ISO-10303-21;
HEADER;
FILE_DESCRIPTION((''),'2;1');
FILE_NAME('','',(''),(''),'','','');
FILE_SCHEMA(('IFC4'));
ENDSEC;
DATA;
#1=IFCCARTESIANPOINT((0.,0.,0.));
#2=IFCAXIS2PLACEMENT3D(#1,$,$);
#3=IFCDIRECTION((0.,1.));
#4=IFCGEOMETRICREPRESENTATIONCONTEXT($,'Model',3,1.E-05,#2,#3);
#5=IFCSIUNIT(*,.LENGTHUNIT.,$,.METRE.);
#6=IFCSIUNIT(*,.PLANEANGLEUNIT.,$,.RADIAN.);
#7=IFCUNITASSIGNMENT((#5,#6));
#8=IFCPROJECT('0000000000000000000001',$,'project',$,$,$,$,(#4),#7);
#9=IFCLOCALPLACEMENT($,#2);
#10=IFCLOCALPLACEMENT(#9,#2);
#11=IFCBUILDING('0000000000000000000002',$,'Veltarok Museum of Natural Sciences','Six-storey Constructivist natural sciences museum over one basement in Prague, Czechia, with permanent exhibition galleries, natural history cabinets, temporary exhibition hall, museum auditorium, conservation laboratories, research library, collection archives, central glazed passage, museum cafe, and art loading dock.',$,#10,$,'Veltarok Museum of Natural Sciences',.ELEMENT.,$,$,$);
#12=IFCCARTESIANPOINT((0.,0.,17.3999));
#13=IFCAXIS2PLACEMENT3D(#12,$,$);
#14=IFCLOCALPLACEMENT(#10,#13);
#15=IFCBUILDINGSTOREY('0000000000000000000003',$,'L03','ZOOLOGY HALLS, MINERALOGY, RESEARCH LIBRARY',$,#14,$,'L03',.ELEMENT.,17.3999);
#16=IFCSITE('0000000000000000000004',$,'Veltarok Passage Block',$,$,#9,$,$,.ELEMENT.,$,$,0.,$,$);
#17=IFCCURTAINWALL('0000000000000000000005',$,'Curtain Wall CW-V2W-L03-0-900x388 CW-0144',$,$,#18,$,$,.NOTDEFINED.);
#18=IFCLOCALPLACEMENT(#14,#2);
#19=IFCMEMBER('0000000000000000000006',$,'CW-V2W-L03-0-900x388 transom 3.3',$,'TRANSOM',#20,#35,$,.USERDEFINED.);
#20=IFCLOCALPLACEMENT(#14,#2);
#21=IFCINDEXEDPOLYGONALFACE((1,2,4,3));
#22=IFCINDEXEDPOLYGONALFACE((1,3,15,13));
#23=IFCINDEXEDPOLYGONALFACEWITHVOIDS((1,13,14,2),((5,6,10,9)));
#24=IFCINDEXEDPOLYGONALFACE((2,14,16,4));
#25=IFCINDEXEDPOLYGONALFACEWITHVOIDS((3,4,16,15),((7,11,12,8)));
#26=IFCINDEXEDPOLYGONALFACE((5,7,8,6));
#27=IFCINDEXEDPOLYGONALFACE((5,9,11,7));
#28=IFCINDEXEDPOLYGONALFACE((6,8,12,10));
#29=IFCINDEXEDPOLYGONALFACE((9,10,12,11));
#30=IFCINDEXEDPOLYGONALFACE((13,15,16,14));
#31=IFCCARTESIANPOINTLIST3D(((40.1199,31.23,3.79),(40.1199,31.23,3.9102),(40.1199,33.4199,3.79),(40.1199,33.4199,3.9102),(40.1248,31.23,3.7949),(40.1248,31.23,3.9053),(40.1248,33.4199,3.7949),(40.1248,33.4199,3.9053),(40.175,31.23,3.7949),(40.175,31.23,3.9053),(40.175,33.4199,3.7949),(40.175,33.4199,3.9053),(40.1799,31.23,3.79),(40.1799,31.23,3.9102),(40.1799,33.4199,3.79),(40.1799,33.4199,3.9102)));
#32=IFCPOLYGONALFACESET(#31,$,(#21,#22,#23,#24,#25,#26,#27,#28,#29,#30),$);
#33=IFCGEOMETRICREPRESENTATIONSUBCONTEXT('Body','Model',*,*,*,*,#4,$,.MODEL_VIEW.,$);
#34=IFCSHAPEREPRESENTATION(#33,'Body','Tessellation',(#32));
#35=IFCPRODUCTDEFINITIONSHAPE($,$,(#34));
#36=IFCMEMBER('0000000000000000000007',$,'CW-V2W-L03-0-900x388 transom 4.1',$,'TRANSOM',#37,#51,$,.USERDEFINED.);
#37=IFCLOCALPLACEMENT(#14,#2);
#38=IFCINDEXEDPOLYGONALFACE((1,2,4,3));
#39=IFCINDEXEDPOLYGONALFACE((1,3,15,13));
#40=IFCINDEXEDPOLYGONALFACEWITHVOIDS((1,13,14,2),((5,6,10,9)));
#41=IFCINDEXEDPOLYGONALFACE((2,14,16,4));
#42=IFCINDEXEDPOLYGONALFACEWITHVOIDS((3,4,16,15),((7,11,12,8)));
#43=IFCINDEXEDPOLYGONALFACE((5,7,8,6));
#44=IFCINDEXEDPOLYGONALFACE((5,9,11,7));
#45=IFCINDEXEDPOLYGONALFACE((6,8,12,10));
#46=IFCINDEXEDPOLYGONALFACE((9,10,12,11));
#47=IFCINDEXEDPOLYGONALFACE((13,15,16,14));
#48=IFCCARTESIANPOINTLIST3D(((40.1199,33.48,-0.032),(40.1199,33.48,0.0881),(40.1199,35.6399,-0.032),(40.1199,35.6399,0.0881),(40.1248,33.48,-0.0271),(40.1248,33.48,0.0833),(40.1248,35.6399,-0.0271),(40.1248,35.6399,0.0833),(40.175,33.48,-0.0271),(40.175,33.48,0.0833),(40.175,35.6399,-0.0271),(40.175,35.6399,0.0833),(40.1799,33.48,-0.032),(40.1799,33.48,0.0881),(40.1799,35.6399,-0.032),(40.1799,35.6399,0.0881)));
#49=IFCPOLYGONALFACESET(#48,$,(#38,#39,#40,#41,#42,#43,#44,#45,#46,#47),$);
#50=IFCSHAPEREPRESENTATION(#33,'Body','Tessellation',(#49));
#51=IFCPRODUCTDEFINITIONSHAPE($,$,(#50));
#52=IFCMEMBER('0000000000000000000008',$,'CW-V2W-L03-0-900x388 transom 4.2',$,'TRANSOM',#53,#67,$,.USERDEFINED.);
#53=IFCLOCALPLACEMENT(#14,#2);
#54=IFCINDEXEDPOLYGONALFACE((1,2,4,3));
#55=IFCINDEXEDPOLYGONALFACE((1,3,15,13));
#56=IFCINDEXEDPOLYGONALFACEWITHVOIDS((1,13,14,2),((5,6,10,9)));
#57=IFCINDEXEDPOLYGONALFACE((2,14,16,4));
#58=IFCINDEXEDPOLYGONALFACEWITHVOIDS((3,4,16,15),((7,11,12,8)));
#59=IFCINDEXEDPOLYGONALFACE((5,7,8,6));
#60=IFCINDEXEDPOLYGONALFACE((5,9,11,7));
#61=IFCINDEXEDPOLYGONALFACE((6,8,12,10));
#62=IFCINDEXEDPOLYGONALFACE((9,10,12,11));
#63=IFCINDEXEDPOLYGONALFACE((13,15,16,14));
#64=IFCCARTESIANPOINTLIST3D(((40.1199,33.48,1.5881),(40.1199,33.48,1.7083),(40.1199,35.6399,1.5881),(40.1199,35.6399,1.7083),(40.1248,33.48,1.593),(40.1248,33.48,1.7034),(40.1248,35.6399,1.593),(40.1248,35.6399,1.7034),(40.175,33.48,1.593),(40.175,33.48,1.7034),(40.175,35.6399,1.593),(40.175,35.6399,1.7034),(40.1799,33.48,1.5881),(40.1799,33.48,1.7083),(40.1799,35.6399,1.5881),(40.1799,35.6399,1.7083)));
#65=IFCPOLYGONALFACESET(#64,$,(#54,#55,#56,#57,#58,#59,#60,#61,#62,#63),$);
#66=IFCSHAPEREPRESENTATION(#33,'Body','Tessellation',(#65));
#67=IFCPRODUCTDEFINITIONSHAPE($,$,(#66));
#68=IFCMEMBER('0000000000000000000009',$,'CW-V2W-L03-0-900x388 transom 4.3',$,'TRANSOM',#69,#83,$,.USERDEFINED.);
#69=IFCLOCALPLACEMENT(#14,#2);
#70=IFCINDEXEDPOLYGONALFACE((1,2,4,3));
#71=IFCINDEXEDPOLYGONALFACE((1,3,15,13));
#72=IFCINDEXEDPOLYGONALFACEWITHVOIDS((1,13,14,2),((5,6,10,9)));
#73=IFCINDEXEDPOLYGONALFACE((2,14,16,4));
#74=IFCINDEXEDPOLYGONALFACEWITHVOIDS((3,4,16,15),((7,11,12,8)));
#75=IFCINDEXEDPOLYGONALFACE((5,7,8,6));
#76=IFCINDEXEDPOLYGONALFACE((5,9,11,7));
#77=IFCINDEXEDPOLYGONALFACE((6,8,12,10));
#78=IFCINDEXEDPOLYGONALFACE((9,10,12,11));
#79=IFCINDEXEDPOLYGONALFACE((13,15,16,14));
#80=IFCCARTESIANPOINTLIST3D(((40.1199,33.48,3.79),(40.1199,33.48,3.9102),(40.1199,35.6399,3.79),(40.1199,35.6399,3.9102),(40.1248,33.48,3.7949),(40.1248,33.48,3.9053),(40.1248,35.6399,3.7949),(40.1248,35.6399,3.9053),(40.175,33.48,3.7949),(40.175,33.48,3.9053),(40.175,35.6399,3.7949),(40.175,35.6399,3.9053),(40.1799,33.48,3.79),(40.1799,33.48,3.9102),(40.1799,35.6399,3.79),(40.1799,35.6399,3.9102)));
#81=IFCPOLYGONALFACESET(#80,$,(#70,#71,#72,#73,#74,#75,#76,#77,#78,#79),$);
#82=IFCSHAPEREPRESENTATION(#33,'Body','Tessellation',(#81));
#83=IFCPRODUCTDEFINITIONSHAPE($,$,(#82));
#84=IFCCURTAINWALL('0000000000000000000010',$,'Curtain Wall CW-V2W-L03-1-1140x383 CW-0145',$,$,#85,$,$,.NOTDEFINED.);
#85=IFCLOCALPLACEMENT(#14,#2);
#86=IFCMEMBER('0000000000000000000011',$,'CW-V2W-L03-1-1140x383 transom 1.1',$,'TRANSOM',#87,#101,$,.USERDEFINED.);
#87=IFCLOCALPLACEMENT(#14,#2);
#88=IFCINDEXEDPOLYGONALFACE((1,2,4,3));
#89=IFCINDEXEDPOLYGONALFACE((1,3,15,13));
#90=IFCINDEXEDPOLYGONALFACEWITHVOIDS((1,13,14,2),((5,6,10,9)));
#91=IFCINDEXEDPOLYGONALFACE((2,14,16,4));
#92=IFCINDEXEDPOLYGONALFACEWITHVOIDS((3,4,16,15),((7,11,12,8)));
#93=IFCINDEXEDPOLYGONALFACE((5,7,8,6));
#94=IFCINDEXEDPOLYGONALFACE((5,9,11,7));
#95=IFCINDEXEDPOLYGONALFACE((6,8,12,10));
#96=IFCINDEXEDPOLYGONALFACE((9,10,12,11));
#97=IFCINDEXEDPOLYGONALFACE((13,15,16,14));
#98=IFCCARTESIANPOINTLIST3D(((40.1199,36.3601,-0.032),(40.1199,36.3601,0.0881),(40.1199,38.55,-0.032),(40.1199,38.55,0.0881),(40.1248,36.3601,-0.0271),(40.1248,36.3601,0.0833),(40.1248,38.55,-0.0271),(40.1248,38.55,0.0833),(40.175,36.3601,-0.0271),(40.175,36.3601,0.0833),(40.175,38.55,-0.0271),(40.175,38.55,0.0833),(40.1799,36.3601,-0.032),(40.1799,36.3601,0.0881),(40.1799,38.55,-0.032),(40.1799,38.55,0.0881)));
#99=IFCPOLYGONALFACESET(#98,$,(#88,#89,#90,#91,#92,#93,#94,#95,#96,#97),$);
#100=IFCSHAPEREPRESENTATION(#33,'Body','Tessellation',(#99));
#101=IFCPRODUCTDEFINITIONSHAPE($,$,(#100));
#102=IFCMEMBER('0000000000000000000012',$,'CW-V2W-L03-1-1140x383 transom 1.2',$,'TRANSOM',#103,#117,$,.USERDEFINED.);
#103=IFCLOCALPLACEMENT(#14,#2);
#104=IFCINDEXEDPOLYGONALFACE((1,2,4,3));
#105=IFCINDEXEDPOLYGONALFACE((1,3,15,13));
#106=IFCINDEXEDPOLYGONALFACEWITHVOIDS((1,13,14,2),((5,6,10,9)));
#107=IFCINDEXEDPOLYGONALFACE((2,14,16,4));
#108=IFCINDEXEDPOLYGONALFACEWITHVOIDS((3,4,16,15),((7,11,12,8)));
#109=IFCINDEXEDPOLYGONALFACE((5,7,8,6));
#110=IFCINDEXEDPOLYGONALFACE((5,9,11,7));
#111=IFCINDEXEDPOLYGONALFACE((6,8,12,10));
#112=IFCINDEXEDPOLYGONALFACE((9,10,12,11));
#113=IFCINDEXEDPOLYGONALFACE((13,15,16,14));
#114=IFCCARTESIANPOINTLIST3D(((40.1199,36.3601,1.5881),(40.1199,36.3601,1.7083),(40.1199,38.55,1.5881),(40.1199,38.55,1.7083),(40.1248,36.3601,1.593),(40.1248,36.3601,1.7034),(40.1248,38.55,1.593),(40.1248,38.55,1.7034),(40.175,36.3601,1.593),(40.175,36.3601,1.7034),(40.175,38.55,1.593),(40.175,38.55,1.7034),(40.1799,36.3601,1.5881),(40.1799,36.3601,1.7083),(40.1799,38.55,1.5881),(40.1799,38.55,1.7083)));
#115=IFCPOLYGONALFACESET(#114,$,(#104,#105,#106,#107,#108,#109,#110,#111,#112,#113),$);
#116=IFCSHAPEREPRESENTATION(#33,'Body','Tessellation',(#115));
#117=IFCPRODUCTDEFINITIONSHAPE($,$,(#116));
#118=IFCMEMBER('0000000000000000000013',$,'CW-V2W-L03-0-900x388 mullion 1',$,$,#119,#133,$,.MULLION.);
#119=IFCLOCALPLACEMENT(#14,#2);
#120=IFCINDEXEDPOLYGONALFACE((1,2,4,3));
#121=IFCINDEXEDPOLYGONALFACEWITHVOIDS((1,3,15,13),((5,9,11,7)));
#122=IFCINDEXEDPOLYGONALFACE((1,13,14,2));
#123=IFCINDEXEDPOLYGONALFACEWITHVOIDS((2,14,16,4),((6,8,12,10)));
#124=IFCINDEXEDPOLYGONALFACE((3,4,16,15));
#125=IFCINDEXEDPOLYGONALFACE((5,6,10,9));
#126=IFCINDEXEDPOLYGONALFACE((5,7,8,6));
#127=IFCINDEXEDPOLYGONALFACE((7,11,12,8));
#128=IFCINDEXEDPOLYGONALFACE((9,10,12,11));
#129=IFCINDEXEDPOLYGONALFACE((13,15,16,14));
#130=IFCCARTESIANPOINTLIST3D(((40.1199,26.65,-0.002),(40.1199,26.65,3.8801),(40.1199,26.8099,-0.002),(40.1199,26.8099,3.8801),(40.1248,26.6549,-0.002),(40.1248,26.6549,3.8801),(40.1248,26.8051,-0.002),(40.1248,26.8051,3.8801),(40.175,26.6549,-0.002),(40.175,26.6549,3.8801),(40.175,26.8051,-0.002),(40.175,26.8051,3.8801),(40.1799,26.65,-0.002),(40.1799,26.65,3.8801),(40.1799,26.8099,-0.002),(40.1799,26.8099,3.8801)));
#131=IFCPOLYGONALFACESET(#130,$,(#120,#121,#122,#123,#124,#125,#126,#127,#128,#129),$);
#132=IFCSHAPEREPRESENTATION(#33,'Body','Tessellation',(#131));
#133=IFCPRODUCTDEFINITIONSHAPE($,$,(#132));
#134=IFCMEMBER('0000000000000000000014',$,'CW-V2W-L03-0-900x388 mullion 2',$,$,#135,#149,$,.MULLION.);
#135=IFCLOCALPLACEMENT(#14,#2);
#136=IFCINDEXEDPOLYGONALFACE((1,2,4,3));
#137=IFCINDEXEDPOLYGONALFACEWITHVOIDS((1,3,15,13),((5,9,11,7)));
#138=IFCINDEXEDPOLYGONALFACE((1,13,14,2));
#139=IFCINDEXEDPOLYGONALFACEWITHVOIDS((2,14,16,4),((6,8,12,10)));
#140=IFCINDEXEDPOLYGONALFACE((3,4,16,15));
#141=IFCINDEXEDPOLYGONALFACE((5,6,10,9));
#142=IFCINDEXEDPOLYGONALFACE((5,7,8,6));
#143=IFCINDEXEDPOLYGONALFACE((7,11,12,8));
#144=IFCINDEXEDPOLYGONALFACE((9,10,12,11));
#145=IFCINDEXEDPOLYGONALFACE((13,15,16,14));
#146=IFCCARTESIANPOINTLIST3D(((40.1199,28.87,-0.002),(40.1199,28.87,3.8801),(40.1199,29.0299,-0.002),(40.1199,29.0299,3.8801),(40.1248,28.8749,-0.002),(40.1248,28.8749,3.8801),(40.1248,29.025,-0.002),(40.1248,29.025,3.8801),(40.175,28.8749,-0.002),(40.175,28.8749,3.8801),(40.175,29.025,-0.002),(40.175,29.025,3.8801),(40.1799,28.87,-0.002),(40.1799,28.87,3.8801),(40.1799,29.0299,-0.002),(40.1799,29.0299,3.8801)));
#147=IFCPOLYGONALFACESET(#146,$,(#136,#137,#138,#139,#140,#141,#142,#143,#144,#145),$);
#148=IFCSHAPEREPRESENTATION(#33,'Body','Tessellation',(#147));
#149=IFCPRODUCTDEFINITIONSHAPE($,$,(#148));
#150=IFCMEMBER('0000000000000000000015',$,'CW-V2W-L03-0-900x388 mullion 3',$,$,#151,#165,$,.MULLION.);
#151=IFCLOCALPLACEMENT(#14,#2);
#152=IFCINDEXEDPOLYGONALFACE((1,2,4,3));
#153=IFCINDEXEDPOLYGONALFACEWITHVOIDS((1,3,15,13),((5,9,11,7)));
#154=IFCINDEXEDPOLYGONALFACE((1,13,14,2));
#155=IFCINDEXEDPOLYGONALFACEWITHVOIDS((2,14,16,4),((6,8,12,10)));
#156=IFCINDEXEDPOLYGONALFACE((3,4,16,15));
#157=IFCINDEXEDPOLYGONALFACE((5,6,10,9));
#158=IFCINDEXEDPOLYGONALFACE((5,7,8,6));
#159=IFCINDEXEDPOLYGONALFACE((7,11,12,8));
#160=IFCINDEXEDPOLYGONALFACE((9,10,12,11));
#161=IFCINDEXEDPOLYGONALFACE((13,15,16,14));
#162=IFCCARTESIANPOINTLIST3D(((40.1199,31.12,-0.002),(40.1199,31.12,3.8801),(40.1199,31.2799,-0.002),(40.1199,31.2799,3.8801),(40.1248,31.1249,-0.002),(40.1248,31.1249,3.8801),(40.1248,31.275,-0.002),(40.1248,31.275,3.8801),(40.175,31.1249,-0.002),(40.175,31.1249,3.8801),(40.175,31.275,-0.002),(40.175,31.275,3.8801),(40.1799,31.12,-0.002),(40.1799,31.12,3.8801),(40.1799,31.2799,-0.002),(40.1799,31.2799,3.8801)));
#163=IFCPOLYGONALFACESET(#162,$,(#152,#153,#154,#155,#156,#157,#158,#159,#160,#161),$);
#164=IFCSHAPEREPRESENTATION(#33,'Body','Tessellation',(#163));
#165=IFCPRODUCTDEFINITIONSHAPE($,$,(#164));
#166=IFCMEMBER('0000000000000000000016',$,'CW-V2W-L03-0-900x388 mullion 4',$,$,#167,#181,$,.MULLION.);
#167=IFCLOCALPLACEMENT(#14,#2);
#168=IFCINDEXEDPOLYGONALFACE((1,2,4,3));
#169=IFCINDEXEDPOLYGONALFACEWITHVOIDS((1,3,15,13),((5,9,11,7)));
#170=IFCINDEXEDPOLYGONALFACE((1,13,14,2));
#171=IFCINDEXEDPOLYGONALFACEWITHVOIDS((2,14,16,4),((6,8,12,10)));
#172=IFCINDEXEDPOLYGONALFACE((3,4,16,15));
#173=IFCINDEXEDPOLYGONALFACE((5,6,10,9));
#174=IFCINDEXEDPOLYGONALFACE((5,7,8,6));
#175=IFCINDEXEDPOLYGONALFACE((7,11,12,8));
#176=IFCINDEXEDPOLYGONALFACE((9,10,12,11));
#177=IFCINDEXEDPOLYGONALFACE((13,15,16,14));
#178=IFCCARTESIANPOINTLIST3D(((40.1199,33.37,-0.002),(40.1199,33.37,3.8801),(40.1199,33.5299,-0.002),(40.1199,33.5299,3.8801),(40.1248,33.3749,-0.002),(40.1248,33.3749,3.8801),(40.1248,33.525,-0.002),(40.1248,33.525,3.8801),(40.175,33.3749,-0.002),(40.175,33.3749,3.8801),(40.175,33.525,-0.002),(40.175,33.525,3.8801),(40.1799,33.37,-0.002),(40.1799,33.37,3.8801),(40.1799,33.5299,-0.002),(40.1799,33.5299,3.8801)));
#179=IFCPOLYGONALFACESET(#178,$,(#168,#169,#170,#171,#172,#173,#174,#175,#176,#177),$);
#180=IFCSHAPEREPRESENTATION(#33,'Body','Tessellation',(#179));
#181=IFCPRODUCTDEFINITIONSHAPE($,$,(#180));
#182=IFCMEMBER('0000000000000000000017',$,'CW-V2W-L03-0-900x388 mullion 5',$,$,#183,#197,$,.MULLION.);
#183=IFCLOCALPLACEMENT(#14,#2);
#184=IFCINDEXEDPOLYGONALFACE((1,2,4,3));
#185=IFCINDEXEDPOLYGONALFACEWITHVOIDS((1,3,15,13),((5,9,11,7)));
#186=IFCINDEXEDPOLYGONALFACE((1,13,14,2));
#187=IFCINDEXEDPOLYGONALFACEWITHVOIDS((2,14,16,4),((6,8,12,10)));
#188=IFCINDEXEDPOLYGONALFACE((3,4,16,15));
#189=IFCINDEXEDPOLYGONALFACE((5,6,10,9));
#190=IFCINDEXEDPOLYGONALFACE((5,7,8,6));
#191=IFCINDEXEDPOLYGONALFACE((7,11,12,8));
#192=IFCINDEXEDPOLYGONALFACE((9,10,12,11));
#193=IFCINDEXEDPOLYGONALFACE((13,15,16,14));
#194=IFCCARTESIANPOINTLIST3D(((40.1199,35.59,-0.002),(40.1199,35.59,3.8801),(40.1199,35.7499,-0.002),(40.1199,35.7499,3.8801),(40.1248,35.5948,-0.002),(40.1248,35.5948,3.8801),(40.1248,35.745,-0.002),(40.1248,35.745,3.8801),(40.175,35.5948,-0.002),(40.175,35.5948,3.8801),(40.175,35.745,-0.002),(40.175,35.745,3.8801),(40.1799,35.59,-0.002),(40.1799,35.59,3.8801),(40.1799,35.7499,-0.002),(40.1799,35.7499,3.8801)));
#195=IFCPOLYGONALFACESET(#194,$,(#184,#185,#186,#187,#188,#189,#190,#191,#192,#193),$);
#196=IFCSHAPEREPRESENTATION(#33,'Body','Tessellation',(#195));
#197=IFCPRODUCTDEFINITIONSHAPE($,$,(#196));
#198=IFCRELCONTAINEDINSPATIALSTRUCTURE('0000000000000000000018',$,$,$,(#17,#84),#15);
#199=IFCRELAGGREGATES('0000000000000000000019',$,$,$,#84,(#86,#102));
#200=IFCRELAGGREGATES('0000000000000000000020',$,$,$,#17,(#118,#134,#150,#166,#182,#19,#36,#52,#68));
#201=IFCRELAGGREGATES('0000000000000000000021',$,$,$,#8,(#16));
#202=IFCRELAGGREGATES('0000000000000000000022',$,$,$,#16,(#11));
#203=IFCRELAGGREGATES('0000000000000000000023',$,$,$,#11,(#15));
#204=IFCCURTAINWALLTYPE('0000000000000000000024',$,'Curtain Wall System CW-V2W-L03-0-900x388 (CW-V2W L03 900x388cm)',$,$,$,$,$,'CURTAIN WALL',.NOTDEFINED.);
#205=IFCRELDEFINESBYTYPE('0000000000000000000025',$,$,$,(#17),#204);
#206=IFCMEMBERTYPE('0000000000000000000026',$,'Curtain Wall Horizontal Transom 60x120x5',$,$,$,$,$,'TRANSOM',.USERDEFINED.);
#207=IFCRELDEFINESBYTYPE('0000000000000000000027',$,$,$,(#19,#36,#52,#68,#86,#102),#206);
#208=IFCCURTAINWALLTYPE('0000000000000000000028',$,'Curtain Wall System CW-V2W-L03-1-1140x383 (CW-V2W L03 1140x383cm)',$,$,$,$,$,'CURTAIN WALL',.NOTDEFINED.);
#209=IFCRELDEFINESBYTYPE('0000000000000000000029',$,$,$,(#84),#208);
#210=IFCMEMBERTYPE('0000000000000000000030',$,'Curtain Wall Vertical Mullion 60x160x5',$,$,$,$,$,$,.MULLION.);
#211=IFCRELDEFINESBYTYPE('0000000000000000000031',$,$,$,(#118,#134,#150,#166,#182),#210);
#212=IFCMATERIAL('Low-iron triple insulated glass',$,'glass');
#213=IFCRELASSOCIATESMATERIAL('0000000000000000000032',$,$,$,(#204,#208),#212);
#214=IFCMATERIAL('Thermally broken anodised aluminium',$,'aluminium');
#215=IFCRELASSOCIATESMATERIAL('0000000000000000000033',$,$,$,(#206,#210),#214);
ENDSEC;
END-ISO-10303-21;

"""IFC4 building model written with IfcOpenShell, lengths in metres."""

from ifc_helpers import new_model, si_unit, direction, frame, origin, origin_2d, place, context, subcontext, project, spatial, hollow_rectangle, extrude, material, material_profile, profile_set, type_object, element, aggregate, save


model = new_model("IFC4")

# Units and contexts
model_context = context("Model", 3, precision=1e-05, world=origin(), true_north=direction((0.0, 1.0)))
body_context = subcontext(model_context, "Body", "Model", "MODEL_VIEW")
ifc_project = project(units=[si_unit("LENGTHUNIT", "METRE"), si_unit("PLANEANGLEUNIT", "RADIAN")], contexts=[model_context])

# Site, building, storey
site_placement = place(None, origin())
site = spatial("IfcSite", under=ifc_project, at=site_placement, Name="Veltarok Passage Block", CompositionType="ELEMENT", RefElevation=0.0)
building_placement = place(site_placement, origin())
building = spatial("IfcBuilding", under=site, at=building_placement, Name="Veltarok Museum of Natural Sciences", Description="Six-storey Constructivist natural sciences museum over one basement in Prague, Czechia, with permanent exhibition galleries, natural history cabinets, temporary exhibition hall, museum auditorium, conservation laboratories, research library, collection archives, central glazed passage, museum cafe, and art loading dock.", LongName="Veltarok Museum of Natural Sciences", CompositionType="ELEMENT")
storey_placement = place(building_placement, frame((0.0, 0.0, 17.3999)))
storey = spatial("IfcBuildingStorey", under=building, at=storey_placement, Name="L03", Description="ZOOLOGY HALLS, MINERALOGY, RESEARCH LIBRARY", LongName="L03", CompositionType="ELEMENT", Elevation=17.3999)

# Curtain walls, members
ifc_material_1 = material(Name="Low-iron triple insulated glass", Category="glass")
curtain_wall_type_1 = type_object("IfcCurtainWallType", Name="Curtain Wall System CW-V2W-L03-0-900x388 (CW-V2W L03 900x388cm)", ElementType="CURTAIN WALL", PredefinedType="NOTDEFINED", material=ifc_material_1)
curtain_wall_1_placement = place(storey_placement, origin())
curtain_wall_1 = element("IfcCurtainWall", 1, at=curtain_wall_1_placement, inside=storey, type_object=curtain_wall_type_1, Name="Curtain Wall CW-V2W-L03-0-900x388 CW-0144", PredefinedType="NOTDEFINED")
ifc_material_2 = material(Name="Thermally broken anodised aluminium", Category="aluminium")
ifc_material_profile_1 = material_profile(ifc_material_2, hollow_rectangle(XDim=0.0601, YDim=0.1201, WallThickness=0.0049, at=origin_2d()), Name="CW TRANSOM 60x120x5")
ifc_profile_set_1 = profile_set([ifc_material_profile_1], Name="Thermally broken anodised aluminium")
member_type_1 = type_object("IfcMemberType", Name="Curtain Wall Horizontal Transom 60x120x5", ElementType="TRANSOM", PredefinedType="USERDEFINED", material=ifc_profile_set_1)
member_1_placement = place(storey_placement, frame((40.1499, 31.23, 3.8501), z_axis=(0.0, 1.0, 0.0), x_axis=(-1.0, 0.0, 0.0)))
member_1 = element("IfcMember", 2, at=member_1_placement, type_object=member_type_1, Name="CW-V2W-L03-0-900x388 transom 3.3", ObjectType="TRANSOM", PredefinedType="USERDEFINED", context=body_context, shape_type="SweptSolid", body=[
    extrude(hollow_rectangle(XDim=0.0601, YDim=0.1201, WallThickness=0.0049, at=origin_2d()), origin(), (0.0, 0.0, 1.0), 2.1899),
])
member_2_placement = place(storey_placement, frame((40.1499, 33.48, 0.0281), z_axis=(0.0, 1.0, 0.0), x_axis=(-1.0, 0.0, 0.0)))
member_2 = element("IfcMember", 3, at=member_2_placement, type_object=member_type_1, Name="CW-V2W-L03-0-900x388 transom 4.1", ObjectType="TRANSOM", PredefinedType="USERDEFINED", context=body_context, shape_type="SweptSolid", body=[
    extrude(hollow_rectangle(XDim=0.0601, YDim=0.1201, WallThickness=0.0049, at=origin_2d()), origin(), (0.0, 0.0, 1.0), 2.1599),
])
member_3_placement = place(storey_placement, frame((40.1499, 33.48, 1.6482), z_axis=(0.0, 1.0, 0.0), x_axis=(-1.0, 0.0, 0.0)))
member_3 = element("IfcMember", 4, at=member_3_placement, type_object=member_type_1, Name="CW-V2W-L03-0-900x388 transom 4.2", ObjectType="TRANSOM", PredefinedType="USERDEFINED", context=body_context, shape_type="SweptSolid", body=[
    extrude(hollow_rectangle(XDim=0.0601, YDim=0.1201, WallThickness=0.0049, at=origin_2d()), origin(), (0.0, 0.0, 1.0), 2.1599),
])
member_4_placement = place(storey_placement, frame((40.1499, 33.48, 3.8501), z_axis=(0.0, 1.0, 0.0), x_axis=(-1.0, 0.0, 0.0)))
member_4 = element("IfcMember", 5, at=member_4_placement, type_object=member_type_1, Name="CW-V2W-L03-0-900x388 transom 4.3", ObjectType="TRANSOM", PredefinedType="USERDEFINED", context=body_context, shape_type="SweptSolid", body=[
    extrude(hollow_rectangle(XDim=0.0601, YDim=0.1201, WallThickness=0.0049, at=origin_2d()), origin(), (0.0, 0.0, 1.0), 2.1599),
])
curtain_wall_type_2 = type_object("IfcCurtainWallType", Name="Curtain Wall System CW-V2W-L03-1-1140x383 (CW-V2W L03 1140x383cm)", ElementType="CURTAIN WALL", PredefinedType="NOTDEFINED", material=ifc_material_1)
curtain_wall_2_placement = place(storey_placement, origin())
curtain_wall_2 = element("IfcCurtainWall", 6, at=curtain_wall_2_placement, inside=storey, type_object=curtain_wall_type_2, Name="Curtain Wall CW-V2W-L03-1-1140x383 CW-0145", PredefinedType="NOTDEFINED")
member_5_placement = place(storey_placement, frame((40.1499, 36.3601, 0.0281), z_axis=(0.0, 1.0, 0.0), x_axis=(-1.0, 0.0, 0.0)))
member_5 = element("IfcMember", 7, at=member_5_placement, type_object=member_type_1, Name="CW-V2W-L03-1-1140x383 transom 1.1", ObjectType="TRANSOM", PredefinedType="USERDEFINED", context=body_context, shape_type="SweptSolid", body=[
    extrude(hollow_rectangle(XDim=0.0601, YDim=0.1201, WallThickness=0.0049, at=origin_2d()), origin(), (0.0, 0.0, 1.0), 2.1899),
])
member_6_placement = place(storey_placement, frame((40.1499, 36.3601, 1.6482), z_axis=(0.0, 1.0, 0.0), x_axis=(-1.0, 0.0, 0.0)))
member_6 = element("IfcMember", 8, at=member_6_placement, type_object=member_type_1, Name="CW-V2W-L03-1-1140x383 transom 1.2", ObjectType="TRANSOM", PredefinedType="USERDEFINED", context=body_context, shape_type="SweptSolid", body=[
    extrude(hollow_rectangle(XDim=0.0601, YDim=0.1201, WallThickness=0.0049, at=origin_2d()), origin(), (0.0, 0.0, 1.0), 2.1899),
])

# Members
ifc_material_profile_2 = material_profile(ifc_material_2, hollow_rectangle(XDim=0.0601, YDim=0.1599, WallThickness=0.0049, at=origin_2d()), Name="CW MULLION 60x160x5")
ifc_profile_set_2 = profile_set([ifc_material_profile_2], Name="Thermally broken anodised aluminium")
member_type_2 = type_object("IfcMemberType", Name="Curtain Wall Vertical Mullion 60x160x5", PredefinedType="MULLION", material=ifc_profile_set_2)
member_7_placement = place(storey_placement, frame((40.1499, 26.73, -0.002), z_axis=(0.0, 0.0, 1.0), x_axis=(-1.0, 0.0, 0.0)))
member_7 = element("IfcMember", 9, at=member_7_placement, type_object=member_type_2, Name="CW-V2W-L03-0-900x388 mullion 1", PredefinedType="MULLION", context=body_context, shape_type="SweptSolid", body=[
    extrude(hollow_rectangle(XDim=0.0601, YDim=0.1599, WallThickness=0.0049, at=origin_2d()), origin(), (0.0, 0.0, 1.0), 3.8821),
])
member_8_placement = place(storey_placement, frame((40.1499, 28.95, -0.002), z_axis=(0.0, 0.0, 1.0), x_axis=(-1.0, 0.0, 0.0)))
member_8 = element("IfcMember", 10, at=member_8_placement, type_object=member_type_2, Name="CW-V2W-L03-0-900x388 mullion 2", PredefinedType="MULLION", context=body_context, shape_type="SweptSolid", body=[
    extrude(hollow_rectangle(XDim=0.0601, YDim=0.1599, WallThickness=0.0049, at=origin_2d()), origin(), (0.0, 0.0, 1.0), 3.8821),
])
member_9_placement = place(storey_placement, frame((40.1499, 31.2, -0.002), z_axis=(0.0, 0.0, 1.0), x_axis=(-1.0, 0.0, 0.0)))
member_9 = element("IfcMember", 11, at=member_9_placement, type_object=member_type_2, Name="CW-V2W-L03-0-900x388 mullion 3", PredefinedType="MULLION", context=body_context, shape_type="SweptSolid", body=[
    extrude(hollow_rectangle(XDim=0.0601, YDim=0.1599, WallThickness=0.0049, at=origin_2d()), origin(), (0.0, 0.0, 1.0), 3.8821),
])
member_10_placement = place(storey_placement, frame((40.1499, 33.45, -0.002), z_axis=(0.0, 0.0, 1.0), x_axis=(-1.0, 0.0, 0.0)))
member_10 = element("IfcMember", 12, at=member_10_placement, type_object=member_type_2, Name="CW-V2W-L03-0-900x388 mullion 4", PredefinedType="MULLION", context=body_context, shape_type="SweptSolid", body=[
    extrude(hollow_rectangle(XDim=0.0601, YDim=0.1599, WallThickness=0.0049, at=origin_2d()), origin(), (0.0, 0.0, 1.0), 3.8821),
])
member_11_placement = place(storey_placement, frame((40.1499, 35.6699, -0.002), z_axis=(0.0, 0.0, 1.0), x_axis=(-1.0, 0.0, 0.0)))
member_11 = element("IfcMember", 13, at=member_11_placement, type_object=member_type_2, Name="CW-V2W-L03-0-900x388 mullion 5", PredefinedType="MULLION", context=body_context, shape_type="SweptSolid", body=[
    extrude(hollow_rectangle(XDim=0.0601, YDim=0.1599, WallThickness=0.0049, at=origin_2d()), origin(), (0.0, 0.0, 1.0), 3.8821),
])
aggregate(curtain_wall_2, [member_5, member_6])

aggregate(curtain_wall_1, [member_7, member_8, member_9, member_10, member_11, member_1, member_2, member_3, member_4])

save(model, "model.ifc")
